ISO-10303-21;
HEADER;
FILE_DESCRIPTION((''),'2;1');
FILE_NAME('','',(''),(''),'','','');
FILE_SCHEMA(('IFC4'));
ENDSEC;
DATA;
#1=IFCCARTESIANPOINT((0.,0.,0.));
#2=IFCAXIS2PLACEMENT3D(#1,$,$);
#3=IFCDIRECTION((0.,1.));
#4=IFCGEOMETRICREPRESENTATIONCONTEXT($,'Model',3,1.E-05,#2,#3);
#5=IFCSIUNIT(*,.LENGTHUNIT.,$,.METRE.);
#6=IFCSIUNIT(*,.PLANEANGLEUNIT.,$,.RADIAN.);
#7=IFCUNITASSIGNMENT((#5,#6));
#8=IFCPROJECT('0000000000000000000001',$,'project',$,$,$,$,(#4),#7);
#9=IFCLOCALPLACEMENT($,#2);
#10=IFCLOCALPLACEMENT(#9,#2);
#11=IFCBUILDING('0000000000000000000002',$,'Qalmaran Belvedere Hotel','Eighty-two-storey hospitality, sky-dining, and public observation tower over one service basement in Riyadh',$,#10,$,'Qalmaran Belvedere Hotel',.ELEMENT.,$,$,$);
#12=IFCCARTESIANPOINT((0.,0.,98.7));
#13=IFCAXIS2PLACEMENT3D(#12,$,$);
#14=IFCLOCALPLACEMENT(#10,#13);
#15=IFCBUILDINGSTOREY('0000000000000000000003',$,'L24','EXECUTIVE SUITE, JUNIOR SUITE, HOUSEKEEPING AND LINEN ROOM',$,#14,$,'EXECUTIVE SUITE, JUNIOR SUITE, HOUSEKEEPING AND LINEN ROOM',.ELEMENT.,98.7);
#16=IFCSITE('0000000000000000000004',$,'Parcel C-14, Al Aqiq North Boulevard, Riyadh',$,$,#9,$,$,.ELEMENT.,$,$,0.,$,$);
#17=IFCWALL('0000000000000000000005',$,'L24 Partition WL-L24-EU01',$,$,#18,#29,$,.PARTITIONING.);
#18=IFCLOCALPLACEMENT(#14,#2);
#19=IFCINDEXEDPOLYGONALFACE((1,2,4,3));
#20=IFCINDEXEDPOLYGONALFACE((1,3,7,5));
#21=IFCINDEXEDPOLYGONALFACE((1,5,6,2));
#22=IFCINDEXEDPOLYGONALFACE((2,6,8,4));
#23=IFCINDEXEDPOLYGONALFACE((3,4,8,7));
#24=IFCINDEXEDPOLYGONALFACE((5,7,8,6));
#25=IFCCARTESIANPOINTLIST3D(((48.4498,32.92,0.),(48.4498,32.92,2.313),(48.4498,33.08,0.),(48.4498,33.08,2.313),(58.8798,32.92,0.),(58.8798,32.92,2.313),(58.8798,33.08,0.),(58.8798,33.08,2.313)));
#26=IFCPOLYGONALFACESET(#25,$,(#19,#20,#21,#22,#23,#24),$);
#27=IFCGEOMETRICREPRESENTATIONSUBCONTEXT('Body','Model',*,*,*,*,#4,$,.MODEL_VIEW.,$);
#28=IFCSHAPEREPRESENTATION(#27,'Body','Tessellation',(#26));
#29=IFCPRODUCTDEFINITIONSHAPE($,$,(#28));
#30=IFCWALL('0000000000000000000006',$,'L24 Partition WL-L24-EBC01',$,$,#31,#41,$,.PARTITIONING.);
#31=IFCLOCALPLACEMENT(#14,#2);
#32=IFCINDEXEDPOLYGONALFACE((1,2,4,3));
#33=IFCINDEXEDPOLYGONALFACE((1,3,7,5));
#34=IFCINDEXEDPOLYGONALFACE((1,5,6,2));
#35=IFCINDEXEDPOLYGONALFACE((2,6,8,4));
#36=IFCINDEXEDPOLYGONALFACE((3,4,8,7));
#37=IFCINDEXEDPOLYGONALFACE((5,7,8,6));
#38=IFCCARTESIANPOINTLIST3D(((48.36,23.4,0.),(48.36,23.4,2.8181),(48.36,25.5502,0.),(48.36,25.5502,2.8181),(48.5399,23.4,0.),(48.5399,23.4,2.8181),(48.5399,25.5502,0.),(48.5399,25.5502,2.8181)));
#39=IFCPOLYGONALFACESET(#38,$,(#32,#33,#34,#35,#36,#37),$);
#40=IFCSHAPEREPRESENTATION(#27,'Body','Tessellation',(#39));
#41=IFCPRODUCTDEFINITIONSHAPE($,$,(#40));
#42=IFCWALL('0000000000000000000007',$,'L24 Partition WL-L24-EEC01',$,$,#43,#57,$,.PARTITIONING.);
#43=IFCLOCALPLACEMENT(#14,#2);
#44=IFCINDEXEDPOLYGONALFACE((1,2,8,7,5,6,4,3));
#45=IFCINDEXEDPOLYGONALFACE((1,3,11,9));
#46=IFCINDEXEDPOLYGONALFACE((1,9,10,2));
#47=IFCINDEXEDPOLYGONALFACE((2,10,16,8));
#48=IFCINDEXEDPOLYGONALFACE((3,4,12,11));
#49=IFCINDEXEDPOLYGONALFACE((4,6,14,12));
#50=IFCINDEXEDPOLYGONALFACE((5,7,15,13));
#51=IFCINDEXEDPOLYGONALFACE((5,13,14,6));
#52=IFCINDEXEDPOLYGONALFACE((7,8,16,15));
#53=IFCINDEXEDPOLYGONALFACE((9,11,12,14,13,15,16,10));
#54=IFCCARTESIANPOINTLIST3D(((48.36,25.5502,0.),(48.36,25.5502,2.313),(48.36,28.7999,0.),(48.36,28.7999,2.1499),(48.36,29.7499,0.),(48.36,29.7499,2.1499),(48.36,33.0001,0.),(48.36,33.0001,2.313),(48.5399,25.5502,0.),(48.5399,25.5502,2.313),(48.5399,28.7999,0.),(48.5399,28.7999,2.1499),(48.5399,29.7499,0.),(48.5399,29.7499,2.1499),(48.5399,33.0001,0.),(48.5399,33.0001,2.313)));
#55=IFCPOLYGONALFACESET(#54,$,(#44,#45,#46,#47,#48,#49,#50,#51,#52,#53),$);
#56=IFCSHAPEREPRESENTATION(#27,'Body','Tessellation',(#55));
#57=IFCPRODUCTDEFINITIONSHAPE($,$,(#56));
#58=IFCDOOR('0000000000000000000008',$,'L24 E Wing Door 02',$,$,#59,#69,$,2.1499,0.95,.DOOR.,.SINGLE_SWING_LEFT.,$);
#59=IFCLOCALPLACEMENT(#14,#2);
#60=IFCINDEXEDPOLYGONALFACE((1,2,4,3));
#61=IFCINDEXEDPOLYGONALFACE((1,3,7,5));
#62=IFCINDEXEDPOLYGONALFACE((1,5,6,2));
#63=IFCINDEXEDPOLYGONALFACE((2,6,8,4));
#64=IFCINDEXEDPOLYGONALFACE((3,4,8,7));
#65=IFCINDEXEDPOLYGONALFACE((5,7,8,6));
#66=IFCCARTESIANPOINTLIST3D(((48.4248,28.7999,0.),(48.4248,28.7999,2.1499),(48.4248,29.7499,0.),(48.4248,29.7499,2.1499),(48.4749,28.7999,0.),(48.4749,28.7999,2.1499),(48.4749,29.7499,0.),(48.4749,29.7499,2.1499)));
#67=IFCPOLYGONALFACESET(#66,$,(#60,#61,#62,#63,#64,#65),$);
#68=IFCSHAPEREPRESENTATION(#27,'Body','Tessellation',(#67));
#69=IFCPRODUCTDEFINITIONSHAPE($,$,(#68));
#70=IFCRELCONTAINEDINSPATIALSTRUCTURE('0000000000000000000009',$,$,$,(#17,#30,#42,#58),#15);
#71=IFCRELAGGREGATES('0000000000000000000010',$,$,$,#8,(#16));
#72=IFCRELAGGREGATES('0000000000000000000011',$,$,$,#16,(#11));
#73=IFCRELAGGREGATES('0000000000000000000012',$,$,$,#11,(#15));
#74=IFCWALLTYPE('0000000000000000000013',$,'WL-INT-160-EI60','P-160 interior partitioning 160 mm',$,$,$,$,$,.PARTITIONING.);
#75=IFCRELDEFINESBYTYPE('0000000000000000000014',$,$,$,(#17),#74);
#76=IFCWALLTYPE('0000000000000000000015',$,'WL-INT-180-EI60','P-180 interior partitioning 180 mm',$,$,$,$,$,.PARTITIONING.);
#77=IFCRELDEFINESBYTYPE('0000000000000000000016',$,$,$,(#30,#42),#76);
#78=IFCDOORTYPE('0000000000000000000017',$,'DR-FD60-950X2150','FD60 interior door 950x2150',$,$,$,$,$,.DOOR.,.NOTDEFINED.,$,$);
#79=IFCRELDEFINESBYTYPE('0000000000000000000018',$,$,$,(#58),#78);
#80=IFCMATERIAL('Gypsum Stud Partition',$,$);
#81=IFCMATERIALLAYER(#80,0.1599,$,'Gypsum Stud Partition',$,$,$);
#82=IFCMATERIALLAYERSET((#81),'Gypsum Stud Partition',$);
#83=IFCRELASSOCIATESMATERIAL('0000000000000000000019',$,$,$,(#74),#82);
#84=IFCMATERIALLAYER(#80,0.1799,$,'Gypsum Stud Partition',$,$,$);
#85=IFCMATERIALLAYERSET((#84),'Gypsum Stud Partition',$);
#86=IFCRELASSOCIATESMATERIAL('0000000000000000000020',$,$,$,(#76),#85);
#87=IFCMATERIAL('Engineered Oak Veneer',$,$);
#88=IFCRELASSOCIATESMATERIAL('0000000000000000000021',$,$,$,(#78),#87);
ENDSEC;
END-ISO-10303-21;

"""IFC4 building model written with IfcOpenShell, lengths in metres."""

from ifc_helpers import new_model, si_unit, direction, frame, frame_2d, origin, place, context, subcontext, project, spatial, rectangle, extrude, material, layer, layer_set, type_object, element, fill, save


model = new_model("IFC4")

# Units and contexts
model_context = context("Model", 3, precision=1e-05, world=origin(), true_north=direction((0.0, 1.0)))
body_context = subcontext(model_context, "Body", "Model", "MODEL_VIEW")
ifc_project = project(units=[si_unit("LENGTHUNIT", "METRE"), si_unit("PLANEANGLEUNIT", "RADIAN")], contexts=[model_context])

# Site, building, storey
site_placement = place(None, origin())
site = spatial("IfcSite", under=ifc_project, at=site_placement, Name="Parcel C-14, Al Aqiq North Boulevard, Riyadh", CompositionType="ELEMENT", RefElevation=0.0)
building_placement = place(site_placement, origin())
building = spatial("IfcBuilding", under=site, at=building_placement, Name="Qalmaran Belvedere Hotel", Description="Eighty-two-storey hospitality, sky-dining, and public observation tower over one service basement in Riyadh", LongName="Qalmaran Belvedere Hotel", CompositionType="ELEMENT")
storey_placement = place(building_placement, frame((0.0, 0.0, 98.7)))
storey = spatial("IfcBuildingStorey", under=building, at=storey_placement, Name="L24", Description="EXECUTIVE SUITE, JUNIOR SUITE, HOUSEKEEPING AND LINEN ROOM", LongName="EXECUTIVE SUITE, JUNIOR SUITE, HOUSEKEEPING AND LINEN ROOM", CompositionType="ELEMENT", Elevation=98.7)

# Shared definitions
ifc_material_1 = material(Name="Engineered Oak Veneer")

# Shared definitions
ifc_material_2 = material(Name="Gypsum Stud Partition")

# Walls
ifc_layer_1 = layer(ifc_material_2, 0.1599, Name="Gypsum Stud Partition")
ifc_layer_set_1 = layer_set([ifc_layer_1], Name="Gypsum Stud Partition")
wall_type_1 = type_object("IfcWallType", Name="WL-INT-160-EI60", Description="P-160 interior partitioning 160 mm", PredefinedType="PARTITIONING", material=ifc_layer_set_1)
wall_1_placement = place(storey_placement, frame((48.45, 33.0, 0.0), z_axis=(0.0, 0.0, 1.0), x_axis=(1.0, 0.0, 0.0)))
element("IfcWall", 1, at=wall_1_placement, inside=storey, type_object=wall_type_1, Name="L24 Partition WL-L24-EU01", PredefinedType="PARTITIONING", context=body_context, shape_type="SweptSolid", body=[
    extrude(rectangle(XDim=10.4299, YDim=0.1599, at=frame_2d((5.2148, 0.0))), origin(), (0.0, 0.0, 1.0), 2.313),
])
ifc_layer_2 = layer(ifc_material_2, 0.1799, Name="Gypsum Stud Partition")
ifc_layer_set_2 = layer_set([ifc_layer_2], Name="Gypsum Stud Partition")
wall_type_2 = type_object("IfcWallType", Name="WL-INT-180-EI60", Description="P-180 interior partitioning 180 mm", PredefinedType="PARTITIONING", material=ifc_layer_set_2)
wall_2_placement = place(storey_placement, frame((48.45, 23.3999, 0.0), z_axis=(0.0, 0.0, 1.0), x_axis=(0.0, 1.0, 0.0)))
element("IfcWall", 2, at=wall_2_placement, inside=storey, type_object=wall_type_2, Name="L24 Partition WL-L24-EBC01", PredefinedType="PARTITIONING", context=body_context, shape_type="SweptSolid", body=[
    extrude(rectangle(XDim=2.1501, YDim=0.1799, at=frame_2d((1.0752, 0.0))), origin(), (0.0, 0.0, 1.0), 2.8181),
])

# Wall, opening, door
wall_3_placement = place(storey_placement, frame((48.45, 25.55, 0.0), z_axis=(0.0, 0.0, 1.0), x_axis=(0.0, 1.0, 0.0)))
wall_3 = element("IfcWall", 3, at=wall_3_placement, inside=storey, type_object=wall_type_2, Name="L24 Partition WL-L24-EEC01", PredefinedType="PARTITIONING", context=body_context, shape_type="SweptSolid", body=[
    extrude(rectangle(XDim=7.45, YDim=0.1799, at=frame_2d((3.7251, 0.0))), origin(), (0.0, 0.0, 1.0), 2.313),
])
opening_1_placement = place(wall_3_placement, frame((4.2, 0.0, 0.0), z_axis=(0.0, 0.0, 1.0), x_axis=(-1.0, 0.0, 0.0)))
opening_1 = element("IfcOpeningElement", 4, at=opening_1_placement, cuts=wall_3, PredefinedType="OPENING", context=body_context, shape_type="SweptSolid", body=[
    extrude(rectangle(XDim=0.95, YDim=2.1499, at=frame_2d((0.4751, 1.075))), frame((0.0, 0.1001, 0.0), z_axis=(0.0, -1.0, 0.0), x_axis=(1.0, 0.0, 0.0)), (0.0, 0.0, 1.0), 0.2),
])
door_type_1 = type_object("IfcDoorType", Name="DR-FD60-950X2150", Description="FD60 interior door 950x2150", OperationType="NOTDEFINED", PredefinedType="DOOR", material=ifc_material_1)
door_1_placement = place(opening_1_placement, origin())
door_1 = element("IfcDoor", 5, at=door_1_placement, inside=storey, type_object=door_type_1, Name="L24 E Wing Door 02", OperationType="SINGLE_SWING_LEFT", OverallHeight=2.1499, OverallWidth=0.95, PredefinedType="DOOR", context=body_context, shape_type="SweptSolid", body=[
    extrude(rectangle(XDim=0.95, YDim=2.1499, at=frame_2d((0.4751, 1.075))), frame((0.0, 0.0249, 0.0), z_axis=(0.0, -1.0, 0.0), x_axis=(1.0, 0.0, 0.0)), (0.0, 0.0, 1.0), 0.05),
])
fill(opening_1, door_1)

save(model, "model.ifc")
